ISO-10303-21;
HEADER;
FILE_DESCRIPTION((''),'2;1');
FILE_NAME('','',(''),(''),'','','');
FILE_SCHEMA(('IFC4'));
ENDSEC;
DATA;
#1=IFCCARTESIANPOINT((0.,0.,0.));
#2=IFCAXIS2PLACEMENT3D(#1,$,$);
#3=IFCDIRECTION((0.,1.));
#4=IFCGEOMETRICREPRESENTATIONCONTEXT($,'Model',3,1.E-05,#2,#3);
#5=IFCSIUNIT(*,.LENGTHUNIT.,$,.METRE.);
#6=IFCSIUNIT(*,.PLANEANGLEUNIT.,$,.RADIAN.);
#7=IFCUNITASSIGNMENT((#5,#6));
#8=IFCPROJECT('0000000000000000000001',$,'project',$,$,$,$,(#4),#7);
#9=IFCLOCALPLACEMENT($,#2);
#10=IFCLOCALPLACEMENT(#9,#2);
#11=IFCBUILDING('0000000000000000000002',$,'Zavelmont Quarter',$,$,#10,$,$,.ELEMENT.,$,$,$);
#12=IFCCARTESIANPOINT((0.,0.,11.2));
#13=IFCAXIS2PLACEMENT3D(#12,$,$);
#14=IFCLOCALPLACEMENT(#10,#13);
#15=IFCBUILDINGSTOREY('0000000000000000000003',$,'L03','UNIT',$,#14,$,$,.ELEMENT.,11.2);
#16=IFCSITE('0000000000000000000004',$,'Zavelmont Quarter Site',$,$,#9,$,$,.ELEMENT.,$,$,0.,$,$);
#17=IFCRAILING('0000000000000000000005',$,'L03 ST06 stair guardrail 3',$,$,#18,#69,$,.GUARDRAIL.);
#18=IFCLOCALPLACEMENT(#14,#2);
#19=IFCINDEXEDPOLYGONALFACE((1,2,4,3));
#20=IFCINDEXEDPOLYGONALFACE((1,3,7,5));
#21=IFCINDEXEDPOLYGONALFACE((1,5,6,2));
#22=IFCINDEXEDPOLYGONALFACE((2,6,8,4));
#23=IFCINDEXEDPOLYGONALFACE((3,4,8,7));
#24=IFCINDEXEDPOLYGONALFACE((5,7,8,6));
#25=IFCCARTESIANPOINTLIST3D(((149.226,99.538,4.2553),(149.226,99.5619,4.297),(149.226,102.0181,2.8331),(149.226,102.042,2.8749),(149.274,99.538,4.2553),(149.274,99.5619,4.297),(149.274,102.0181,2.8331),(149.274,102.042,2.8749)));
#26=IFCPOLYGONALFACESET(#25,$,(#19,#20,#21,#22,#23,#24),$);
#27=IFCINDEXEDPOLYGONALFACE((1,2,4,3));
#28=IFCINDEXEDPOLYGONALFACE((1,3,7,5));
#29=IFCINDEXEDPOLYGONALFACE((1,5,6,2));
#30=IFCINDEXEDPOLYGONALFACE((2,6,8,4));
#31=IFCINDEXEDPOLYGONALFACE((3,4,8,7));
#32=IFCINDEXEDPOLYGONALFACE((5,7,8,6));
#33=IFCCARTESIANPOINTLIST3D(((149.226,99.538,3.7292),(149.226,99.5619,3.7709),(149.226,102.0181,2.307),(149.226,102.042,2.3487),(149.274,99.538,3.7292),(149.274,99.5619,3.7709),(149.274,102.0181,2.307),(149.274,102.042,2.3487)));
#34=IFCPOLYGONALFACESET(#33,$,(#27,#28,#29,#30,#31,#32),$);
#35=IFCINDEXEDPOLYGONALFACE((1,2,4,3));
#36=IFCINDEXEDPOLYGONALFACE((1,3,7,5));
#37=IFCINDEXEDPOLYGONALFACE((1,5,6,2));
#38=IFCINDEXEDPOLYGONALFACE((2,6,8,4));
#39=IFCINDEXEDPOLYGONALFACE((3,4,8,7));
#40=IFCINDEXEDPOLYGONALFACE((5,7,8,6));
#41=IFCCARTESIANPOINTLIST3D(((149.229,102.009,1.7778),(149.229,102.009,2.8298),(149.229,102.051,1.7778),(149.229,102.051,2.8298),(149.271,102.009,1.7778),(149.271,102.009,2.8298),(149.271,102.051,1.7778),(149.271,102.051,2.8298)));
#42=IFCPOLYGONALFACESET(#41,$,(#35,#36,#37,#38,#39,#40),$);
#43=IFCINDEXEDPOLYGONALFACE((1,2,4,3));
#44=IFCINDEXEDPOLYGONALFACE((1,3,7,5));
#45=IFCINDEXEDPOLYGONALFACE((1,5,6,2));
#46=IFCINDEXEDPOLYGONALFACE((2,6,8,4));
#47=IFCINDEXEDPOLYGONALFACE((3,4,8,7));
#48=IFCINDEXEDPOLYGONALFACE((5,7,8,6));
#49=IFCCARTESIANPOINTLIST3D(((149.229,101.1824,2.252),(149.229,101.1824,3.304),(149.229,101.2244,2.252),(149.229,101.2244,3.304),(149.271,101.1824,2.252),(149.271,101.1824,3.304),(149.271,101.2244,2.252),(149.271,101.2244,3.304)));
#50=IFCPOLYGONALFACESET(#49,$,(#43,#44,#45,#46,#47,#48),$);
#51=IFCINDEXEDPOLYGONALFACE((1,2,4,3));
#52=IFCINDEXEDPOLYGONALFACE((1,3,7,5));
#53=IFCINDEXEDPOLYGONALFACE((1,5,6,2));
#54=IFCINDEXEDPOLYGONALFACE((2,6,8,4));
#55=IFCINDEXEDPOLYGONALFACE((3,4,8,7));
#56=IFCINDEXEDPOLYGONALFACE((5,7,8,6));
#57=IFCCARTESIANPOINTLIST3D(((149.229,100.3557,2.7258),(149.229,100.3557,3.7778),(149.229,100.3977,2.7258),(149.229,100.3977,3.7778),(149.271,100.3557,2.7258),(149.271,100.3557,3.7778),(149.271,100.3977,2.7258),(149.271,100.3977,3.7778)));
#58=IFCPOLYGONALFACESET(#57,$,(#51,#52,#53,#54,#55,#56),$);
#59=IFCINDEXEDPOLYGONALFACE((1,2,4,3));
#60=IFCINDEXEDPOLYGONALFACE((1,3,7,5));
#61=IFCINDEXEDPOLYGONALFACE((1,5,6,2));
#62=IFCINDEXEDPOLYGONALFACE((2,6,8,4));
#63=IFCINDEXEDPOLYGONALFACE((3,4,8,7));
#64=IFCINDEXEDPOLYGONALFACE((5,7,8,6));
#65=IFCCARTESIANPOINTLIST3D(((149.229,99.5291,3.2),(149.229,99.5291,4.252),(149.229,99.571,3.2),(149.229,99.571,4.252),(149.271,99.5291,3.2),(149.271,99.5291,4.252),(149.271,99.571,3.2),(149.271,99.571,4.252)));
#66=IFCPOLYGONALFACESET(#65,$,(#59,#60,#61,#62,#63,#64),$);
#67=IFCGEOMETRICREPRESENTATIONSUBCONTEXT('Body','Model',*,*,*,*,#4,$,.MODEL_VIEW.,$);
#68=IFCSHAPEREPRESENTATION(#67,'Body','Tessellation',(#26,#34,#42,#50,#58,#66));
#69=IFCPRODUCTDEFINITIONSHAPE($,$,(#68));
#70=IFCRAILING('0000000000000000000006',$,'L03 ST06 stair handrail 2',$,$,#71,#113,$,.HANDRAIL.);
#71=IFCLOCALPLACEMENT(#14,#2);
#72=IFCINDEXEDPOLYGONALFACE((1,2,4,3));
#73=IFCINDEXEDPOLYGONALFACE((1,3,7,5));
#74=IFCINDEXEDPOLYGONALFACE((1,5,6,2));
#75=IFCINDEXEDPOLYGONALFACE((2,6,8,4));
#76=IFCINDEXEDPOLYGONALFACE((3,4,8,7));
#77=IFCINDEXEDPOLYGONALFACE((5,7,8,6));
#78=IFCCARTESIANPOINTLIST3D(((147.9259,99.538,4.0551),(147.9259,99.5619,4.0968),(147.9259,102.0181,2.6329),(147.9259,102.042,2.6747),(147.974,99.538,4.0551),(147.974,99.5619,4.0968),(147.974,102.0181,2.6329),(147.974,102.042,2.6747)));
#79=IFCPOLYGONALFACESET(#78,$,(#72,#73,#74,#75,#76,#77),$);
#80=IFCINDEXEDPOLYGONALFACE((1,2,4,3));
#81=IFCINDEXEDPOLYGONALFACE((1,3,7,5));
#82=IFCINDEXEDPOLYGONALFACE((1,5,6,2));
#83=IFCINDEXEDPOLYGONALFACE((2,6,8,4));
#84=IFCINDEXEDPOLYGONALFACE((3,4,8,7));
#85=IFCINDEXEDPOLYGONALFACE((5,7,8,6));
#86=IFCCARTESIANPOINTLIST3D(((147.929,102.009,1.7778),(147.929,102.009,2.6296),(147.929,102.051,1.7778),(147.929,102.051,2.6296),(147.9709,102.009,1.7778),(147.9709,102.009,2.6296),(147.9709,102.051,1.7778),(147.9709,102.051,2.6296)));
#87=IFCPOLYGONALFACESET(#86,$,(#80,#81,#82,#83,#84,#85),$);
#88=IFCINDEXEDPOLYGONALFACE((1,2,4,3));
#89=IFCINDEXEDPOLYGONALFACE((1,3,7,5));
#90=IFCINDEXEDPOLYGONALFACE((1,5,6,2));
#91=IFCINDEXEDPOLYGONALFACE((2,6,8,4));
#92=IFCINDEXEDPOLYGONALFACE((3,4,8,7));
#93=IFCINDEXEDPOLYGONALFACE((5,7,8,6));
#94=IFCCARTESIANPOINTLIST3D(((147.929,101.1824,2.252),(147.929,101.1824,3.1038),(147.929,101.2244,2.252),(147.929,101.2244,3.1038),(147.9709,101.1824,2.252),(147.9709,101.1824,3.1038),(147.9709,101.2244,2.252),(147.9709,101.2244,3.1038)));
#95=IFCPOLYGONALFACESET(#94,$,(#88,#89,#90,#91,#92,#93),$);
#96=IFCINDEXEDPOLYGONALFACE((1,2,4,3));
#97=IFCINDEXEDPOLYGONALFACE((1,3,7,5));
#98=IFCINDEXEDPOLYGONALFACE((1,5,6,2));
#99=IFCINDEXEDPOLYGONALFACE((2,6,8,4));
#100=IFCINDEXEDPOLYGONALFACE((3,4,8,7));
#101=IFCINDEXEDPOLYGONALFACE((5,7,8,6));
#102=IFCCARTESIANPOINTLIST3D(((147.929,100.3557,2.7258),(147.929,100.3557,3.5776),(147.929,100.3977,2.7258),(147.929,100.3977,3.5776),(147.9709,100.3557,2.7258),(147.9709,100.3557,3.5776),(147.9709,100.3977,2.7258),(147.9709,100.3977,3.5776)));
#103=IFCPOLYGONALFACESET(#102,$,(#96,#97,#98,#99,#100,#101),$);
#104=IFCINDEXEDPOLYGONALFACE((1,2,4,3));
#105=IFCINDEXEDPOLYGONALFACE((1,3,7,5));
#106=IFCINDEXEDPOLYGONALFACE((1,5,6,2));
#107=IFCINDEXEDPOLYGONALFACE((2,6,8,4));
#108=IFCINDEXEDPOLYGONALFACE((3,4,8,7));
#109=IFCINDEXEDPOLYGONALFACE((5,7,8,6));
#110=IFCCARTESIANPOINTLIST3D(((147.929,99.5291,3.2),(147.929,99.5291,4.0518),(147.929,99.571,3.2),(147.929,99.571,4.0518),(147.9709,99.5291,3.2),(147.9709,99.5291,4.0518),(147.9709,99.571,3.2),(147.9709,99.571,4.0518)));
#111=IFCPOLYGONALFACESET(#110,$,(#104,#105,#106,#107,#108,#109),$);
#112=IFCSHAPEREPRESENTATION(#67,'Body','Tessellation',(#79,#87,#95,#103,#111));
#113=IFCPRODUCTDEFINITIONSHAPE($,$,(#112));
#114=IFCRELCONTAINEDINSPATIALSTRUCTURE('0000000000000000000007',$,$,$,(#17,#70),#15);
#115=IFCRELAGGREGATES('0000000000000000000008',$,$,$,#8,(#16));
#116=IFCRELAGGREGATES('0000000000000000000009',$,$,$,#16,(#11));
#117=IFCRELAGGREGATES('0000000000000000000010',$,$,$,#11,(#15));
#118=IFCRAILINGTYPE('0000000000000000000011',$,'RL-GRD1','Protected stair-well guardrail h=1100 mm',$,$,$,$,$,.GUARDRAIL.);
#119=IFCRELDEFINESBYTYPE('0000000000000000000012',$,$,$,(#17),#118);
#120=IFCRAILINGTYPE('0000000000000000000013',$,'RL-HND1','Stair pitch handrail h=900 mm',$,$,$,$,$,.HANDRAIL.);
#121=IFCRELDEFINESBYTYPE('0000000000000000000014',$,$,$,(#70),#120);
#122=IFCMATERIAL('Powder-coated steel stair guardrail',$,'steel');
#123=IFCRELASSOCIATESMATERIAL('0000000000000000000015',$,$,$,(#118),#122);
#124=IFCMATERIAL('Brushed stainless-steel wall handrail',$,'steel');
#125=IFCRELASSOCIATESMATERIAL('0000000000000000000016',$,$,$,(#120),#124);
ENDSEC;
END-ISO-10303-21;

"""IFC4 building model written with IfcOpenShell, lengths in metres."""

from ifc_helpers import new_model, si_unit, direction, frame, origin, origin_2d, place, context, subcontext, project, spatial, rectangle, extrude, material, type_object, element, save


model = new_model("IFC4")

# Units and contexts
model_context = context("Model", 3, precision=1e-05, world=origin(), true_north=direction((0.0, 1.0)))
body_context = subcontext(model_context, "Body", "Model", "MODEL_VIEW")
ifc_project = project(units=[si_unit("LENGTHUNIT", "METRE"), si_unit("PLANEANGLEUNIT", "RADIAN")], contexts=[model_context])

# Site, building, storey
site_placement = place(None, origin())
site = spatial("IfcSite", under=ifc_project, at=site_placement, Name="Zavelmont Quarter Site", CompositionType="ELEMENT", RefElevation=0.0)
building_placement = place(site_placement, origin())
building = spatial("IfcBuilding", under=site, at=building_placement, Name="Zavelmont Quarter", CompositionType="ELEMENT")
storey_placement = place(building_placement, frame((0.0, 0.0, 11.2)))
storey = spatial("IfcBuildingStorey", under=building, at=storey_placement, Name="L03", Description="UNIT", CompositionType="ELEMENT", Elevation=11.2)

# Railings
ifc_material_1 = material(Name="Powder-coated steel stair guardrail", Category="steel")
railing_type_1 = type_object("IfcRailingType", Name="RL-GRD1", Description="Protected stair-well guardrail h=1100 mm", PredefinedType="GUARDRAIL", material=ifc_material_1)
railing_1_placement = place(storey_placement, frame((149.25, 102.03, 1.7778)))
element("IfcRailing", 1, at=railing_1_placement, inside=storey, type_object=railing_type_1, Name="L03 ST06 stair guardrail 3", PredefinedType="GUARDRAIL", context=body_context, shape_type="SweptSolid", body=[
    extrude(rectangle(XDim=0.0481, YDim=0.0481, at=origin_2d()), frame((0.0, 0.0, 1.0762), z_axis=(0.0, -0.867491, 0.497454), x_axis=(1.0, 0.0, 0.0)), (0.0, 0.0, 1.0), 2.8589),
    extrude(rectangle(XDim=0.0481, YDim=0.0481, at=origin_2d()), frame((0.0, 0.0, 0.55), z_axis=(0.0, -0.867491, 0.497454), x_axis=(1.0, 0.0, 0.0)), (0.0, 0.0, 1.0), 2.8589),
    extrude(rectangle(XDim=0.042, YDim=0.042, at=origin_2d()), origin(), (0.0, 0.0, 1.0), 1.052),
    extrude(rectangle(XDim=0.042, YDim=0.042, at=origin_2d()), frame((0.0, -0.8267, 0.4741)), (0.0, 0.0, 1.0), 1.052),
    extrude(rectangle(XDim=0.042, YDim=0.042, at=origin_2d()), frame((0.0, -1.6533, 0.948)), (0.0, 0.0, 1.0), 1.052),
    extrude(rectangle(XDim=0.042, YDim=0.042, at=origin_2d()), frame((0.0, -2.48, 1.4221)), (0.0, 0.0, 1.0), 1.052),
])
ifc_material_2 = material(Name="Brushed stainless-steel wall handrail", Category="steel")
railing_type_2 = type_object("IfcRailingType", Name="RL-HND1", Description="Stair pitch handrail h=900 mm", PredefinedType="HANDRAIL", material=ifc_material_2)
railing_2_placement = place(storey_placement, frame((147.95, 102.03, 1.7778)))
element("IfcRailing", 2, at=railing_2_placement, inside=storey, type_object=railing_type_2, Name="L03 ST06 stair handrail 2", PredefinedType="HANDRAIL", context=body_context, shape_type="SweptSolid", body=[
    extrude(rectangle(XDim=0.0481, YDim=0.0481, at=origin_2d()), frame((0.0, 0.0, 0.876), z_axis=(0.0, -0.867491, 0.497454), x_axis=(1.0, 0.0, 0.0)), (0.0, 0.0, 1.0), 2.8589),
    extrude(rectangle(XDim=0.042, YDim=0.042, at=origin_2d()), origin(), (0.0, 0.0, 1.0), 0.8518),
    extrude(rectangle(XDim=0.042, YDim=0.042, at=origin_2d()), frame((0.0, -0.8267, 0.4741)), (0.0, 0.0, 1.0), 0.8518),
    extrude(rectangle(XDim=0.042, YDim=0.042, at=origin_2d()), frame((0.0, -1.6533, 0.948)), (0.0, 0.0, 1.0), 0.8518),
    extrude(rectangle(XDim=0.042, YDim=0.042, at=origin_2d()), frame((0.0, -2.48, 1.4221)), (0.0, 0.0, 1.0), 0.8518),
])

save(model, "model.ifc")
